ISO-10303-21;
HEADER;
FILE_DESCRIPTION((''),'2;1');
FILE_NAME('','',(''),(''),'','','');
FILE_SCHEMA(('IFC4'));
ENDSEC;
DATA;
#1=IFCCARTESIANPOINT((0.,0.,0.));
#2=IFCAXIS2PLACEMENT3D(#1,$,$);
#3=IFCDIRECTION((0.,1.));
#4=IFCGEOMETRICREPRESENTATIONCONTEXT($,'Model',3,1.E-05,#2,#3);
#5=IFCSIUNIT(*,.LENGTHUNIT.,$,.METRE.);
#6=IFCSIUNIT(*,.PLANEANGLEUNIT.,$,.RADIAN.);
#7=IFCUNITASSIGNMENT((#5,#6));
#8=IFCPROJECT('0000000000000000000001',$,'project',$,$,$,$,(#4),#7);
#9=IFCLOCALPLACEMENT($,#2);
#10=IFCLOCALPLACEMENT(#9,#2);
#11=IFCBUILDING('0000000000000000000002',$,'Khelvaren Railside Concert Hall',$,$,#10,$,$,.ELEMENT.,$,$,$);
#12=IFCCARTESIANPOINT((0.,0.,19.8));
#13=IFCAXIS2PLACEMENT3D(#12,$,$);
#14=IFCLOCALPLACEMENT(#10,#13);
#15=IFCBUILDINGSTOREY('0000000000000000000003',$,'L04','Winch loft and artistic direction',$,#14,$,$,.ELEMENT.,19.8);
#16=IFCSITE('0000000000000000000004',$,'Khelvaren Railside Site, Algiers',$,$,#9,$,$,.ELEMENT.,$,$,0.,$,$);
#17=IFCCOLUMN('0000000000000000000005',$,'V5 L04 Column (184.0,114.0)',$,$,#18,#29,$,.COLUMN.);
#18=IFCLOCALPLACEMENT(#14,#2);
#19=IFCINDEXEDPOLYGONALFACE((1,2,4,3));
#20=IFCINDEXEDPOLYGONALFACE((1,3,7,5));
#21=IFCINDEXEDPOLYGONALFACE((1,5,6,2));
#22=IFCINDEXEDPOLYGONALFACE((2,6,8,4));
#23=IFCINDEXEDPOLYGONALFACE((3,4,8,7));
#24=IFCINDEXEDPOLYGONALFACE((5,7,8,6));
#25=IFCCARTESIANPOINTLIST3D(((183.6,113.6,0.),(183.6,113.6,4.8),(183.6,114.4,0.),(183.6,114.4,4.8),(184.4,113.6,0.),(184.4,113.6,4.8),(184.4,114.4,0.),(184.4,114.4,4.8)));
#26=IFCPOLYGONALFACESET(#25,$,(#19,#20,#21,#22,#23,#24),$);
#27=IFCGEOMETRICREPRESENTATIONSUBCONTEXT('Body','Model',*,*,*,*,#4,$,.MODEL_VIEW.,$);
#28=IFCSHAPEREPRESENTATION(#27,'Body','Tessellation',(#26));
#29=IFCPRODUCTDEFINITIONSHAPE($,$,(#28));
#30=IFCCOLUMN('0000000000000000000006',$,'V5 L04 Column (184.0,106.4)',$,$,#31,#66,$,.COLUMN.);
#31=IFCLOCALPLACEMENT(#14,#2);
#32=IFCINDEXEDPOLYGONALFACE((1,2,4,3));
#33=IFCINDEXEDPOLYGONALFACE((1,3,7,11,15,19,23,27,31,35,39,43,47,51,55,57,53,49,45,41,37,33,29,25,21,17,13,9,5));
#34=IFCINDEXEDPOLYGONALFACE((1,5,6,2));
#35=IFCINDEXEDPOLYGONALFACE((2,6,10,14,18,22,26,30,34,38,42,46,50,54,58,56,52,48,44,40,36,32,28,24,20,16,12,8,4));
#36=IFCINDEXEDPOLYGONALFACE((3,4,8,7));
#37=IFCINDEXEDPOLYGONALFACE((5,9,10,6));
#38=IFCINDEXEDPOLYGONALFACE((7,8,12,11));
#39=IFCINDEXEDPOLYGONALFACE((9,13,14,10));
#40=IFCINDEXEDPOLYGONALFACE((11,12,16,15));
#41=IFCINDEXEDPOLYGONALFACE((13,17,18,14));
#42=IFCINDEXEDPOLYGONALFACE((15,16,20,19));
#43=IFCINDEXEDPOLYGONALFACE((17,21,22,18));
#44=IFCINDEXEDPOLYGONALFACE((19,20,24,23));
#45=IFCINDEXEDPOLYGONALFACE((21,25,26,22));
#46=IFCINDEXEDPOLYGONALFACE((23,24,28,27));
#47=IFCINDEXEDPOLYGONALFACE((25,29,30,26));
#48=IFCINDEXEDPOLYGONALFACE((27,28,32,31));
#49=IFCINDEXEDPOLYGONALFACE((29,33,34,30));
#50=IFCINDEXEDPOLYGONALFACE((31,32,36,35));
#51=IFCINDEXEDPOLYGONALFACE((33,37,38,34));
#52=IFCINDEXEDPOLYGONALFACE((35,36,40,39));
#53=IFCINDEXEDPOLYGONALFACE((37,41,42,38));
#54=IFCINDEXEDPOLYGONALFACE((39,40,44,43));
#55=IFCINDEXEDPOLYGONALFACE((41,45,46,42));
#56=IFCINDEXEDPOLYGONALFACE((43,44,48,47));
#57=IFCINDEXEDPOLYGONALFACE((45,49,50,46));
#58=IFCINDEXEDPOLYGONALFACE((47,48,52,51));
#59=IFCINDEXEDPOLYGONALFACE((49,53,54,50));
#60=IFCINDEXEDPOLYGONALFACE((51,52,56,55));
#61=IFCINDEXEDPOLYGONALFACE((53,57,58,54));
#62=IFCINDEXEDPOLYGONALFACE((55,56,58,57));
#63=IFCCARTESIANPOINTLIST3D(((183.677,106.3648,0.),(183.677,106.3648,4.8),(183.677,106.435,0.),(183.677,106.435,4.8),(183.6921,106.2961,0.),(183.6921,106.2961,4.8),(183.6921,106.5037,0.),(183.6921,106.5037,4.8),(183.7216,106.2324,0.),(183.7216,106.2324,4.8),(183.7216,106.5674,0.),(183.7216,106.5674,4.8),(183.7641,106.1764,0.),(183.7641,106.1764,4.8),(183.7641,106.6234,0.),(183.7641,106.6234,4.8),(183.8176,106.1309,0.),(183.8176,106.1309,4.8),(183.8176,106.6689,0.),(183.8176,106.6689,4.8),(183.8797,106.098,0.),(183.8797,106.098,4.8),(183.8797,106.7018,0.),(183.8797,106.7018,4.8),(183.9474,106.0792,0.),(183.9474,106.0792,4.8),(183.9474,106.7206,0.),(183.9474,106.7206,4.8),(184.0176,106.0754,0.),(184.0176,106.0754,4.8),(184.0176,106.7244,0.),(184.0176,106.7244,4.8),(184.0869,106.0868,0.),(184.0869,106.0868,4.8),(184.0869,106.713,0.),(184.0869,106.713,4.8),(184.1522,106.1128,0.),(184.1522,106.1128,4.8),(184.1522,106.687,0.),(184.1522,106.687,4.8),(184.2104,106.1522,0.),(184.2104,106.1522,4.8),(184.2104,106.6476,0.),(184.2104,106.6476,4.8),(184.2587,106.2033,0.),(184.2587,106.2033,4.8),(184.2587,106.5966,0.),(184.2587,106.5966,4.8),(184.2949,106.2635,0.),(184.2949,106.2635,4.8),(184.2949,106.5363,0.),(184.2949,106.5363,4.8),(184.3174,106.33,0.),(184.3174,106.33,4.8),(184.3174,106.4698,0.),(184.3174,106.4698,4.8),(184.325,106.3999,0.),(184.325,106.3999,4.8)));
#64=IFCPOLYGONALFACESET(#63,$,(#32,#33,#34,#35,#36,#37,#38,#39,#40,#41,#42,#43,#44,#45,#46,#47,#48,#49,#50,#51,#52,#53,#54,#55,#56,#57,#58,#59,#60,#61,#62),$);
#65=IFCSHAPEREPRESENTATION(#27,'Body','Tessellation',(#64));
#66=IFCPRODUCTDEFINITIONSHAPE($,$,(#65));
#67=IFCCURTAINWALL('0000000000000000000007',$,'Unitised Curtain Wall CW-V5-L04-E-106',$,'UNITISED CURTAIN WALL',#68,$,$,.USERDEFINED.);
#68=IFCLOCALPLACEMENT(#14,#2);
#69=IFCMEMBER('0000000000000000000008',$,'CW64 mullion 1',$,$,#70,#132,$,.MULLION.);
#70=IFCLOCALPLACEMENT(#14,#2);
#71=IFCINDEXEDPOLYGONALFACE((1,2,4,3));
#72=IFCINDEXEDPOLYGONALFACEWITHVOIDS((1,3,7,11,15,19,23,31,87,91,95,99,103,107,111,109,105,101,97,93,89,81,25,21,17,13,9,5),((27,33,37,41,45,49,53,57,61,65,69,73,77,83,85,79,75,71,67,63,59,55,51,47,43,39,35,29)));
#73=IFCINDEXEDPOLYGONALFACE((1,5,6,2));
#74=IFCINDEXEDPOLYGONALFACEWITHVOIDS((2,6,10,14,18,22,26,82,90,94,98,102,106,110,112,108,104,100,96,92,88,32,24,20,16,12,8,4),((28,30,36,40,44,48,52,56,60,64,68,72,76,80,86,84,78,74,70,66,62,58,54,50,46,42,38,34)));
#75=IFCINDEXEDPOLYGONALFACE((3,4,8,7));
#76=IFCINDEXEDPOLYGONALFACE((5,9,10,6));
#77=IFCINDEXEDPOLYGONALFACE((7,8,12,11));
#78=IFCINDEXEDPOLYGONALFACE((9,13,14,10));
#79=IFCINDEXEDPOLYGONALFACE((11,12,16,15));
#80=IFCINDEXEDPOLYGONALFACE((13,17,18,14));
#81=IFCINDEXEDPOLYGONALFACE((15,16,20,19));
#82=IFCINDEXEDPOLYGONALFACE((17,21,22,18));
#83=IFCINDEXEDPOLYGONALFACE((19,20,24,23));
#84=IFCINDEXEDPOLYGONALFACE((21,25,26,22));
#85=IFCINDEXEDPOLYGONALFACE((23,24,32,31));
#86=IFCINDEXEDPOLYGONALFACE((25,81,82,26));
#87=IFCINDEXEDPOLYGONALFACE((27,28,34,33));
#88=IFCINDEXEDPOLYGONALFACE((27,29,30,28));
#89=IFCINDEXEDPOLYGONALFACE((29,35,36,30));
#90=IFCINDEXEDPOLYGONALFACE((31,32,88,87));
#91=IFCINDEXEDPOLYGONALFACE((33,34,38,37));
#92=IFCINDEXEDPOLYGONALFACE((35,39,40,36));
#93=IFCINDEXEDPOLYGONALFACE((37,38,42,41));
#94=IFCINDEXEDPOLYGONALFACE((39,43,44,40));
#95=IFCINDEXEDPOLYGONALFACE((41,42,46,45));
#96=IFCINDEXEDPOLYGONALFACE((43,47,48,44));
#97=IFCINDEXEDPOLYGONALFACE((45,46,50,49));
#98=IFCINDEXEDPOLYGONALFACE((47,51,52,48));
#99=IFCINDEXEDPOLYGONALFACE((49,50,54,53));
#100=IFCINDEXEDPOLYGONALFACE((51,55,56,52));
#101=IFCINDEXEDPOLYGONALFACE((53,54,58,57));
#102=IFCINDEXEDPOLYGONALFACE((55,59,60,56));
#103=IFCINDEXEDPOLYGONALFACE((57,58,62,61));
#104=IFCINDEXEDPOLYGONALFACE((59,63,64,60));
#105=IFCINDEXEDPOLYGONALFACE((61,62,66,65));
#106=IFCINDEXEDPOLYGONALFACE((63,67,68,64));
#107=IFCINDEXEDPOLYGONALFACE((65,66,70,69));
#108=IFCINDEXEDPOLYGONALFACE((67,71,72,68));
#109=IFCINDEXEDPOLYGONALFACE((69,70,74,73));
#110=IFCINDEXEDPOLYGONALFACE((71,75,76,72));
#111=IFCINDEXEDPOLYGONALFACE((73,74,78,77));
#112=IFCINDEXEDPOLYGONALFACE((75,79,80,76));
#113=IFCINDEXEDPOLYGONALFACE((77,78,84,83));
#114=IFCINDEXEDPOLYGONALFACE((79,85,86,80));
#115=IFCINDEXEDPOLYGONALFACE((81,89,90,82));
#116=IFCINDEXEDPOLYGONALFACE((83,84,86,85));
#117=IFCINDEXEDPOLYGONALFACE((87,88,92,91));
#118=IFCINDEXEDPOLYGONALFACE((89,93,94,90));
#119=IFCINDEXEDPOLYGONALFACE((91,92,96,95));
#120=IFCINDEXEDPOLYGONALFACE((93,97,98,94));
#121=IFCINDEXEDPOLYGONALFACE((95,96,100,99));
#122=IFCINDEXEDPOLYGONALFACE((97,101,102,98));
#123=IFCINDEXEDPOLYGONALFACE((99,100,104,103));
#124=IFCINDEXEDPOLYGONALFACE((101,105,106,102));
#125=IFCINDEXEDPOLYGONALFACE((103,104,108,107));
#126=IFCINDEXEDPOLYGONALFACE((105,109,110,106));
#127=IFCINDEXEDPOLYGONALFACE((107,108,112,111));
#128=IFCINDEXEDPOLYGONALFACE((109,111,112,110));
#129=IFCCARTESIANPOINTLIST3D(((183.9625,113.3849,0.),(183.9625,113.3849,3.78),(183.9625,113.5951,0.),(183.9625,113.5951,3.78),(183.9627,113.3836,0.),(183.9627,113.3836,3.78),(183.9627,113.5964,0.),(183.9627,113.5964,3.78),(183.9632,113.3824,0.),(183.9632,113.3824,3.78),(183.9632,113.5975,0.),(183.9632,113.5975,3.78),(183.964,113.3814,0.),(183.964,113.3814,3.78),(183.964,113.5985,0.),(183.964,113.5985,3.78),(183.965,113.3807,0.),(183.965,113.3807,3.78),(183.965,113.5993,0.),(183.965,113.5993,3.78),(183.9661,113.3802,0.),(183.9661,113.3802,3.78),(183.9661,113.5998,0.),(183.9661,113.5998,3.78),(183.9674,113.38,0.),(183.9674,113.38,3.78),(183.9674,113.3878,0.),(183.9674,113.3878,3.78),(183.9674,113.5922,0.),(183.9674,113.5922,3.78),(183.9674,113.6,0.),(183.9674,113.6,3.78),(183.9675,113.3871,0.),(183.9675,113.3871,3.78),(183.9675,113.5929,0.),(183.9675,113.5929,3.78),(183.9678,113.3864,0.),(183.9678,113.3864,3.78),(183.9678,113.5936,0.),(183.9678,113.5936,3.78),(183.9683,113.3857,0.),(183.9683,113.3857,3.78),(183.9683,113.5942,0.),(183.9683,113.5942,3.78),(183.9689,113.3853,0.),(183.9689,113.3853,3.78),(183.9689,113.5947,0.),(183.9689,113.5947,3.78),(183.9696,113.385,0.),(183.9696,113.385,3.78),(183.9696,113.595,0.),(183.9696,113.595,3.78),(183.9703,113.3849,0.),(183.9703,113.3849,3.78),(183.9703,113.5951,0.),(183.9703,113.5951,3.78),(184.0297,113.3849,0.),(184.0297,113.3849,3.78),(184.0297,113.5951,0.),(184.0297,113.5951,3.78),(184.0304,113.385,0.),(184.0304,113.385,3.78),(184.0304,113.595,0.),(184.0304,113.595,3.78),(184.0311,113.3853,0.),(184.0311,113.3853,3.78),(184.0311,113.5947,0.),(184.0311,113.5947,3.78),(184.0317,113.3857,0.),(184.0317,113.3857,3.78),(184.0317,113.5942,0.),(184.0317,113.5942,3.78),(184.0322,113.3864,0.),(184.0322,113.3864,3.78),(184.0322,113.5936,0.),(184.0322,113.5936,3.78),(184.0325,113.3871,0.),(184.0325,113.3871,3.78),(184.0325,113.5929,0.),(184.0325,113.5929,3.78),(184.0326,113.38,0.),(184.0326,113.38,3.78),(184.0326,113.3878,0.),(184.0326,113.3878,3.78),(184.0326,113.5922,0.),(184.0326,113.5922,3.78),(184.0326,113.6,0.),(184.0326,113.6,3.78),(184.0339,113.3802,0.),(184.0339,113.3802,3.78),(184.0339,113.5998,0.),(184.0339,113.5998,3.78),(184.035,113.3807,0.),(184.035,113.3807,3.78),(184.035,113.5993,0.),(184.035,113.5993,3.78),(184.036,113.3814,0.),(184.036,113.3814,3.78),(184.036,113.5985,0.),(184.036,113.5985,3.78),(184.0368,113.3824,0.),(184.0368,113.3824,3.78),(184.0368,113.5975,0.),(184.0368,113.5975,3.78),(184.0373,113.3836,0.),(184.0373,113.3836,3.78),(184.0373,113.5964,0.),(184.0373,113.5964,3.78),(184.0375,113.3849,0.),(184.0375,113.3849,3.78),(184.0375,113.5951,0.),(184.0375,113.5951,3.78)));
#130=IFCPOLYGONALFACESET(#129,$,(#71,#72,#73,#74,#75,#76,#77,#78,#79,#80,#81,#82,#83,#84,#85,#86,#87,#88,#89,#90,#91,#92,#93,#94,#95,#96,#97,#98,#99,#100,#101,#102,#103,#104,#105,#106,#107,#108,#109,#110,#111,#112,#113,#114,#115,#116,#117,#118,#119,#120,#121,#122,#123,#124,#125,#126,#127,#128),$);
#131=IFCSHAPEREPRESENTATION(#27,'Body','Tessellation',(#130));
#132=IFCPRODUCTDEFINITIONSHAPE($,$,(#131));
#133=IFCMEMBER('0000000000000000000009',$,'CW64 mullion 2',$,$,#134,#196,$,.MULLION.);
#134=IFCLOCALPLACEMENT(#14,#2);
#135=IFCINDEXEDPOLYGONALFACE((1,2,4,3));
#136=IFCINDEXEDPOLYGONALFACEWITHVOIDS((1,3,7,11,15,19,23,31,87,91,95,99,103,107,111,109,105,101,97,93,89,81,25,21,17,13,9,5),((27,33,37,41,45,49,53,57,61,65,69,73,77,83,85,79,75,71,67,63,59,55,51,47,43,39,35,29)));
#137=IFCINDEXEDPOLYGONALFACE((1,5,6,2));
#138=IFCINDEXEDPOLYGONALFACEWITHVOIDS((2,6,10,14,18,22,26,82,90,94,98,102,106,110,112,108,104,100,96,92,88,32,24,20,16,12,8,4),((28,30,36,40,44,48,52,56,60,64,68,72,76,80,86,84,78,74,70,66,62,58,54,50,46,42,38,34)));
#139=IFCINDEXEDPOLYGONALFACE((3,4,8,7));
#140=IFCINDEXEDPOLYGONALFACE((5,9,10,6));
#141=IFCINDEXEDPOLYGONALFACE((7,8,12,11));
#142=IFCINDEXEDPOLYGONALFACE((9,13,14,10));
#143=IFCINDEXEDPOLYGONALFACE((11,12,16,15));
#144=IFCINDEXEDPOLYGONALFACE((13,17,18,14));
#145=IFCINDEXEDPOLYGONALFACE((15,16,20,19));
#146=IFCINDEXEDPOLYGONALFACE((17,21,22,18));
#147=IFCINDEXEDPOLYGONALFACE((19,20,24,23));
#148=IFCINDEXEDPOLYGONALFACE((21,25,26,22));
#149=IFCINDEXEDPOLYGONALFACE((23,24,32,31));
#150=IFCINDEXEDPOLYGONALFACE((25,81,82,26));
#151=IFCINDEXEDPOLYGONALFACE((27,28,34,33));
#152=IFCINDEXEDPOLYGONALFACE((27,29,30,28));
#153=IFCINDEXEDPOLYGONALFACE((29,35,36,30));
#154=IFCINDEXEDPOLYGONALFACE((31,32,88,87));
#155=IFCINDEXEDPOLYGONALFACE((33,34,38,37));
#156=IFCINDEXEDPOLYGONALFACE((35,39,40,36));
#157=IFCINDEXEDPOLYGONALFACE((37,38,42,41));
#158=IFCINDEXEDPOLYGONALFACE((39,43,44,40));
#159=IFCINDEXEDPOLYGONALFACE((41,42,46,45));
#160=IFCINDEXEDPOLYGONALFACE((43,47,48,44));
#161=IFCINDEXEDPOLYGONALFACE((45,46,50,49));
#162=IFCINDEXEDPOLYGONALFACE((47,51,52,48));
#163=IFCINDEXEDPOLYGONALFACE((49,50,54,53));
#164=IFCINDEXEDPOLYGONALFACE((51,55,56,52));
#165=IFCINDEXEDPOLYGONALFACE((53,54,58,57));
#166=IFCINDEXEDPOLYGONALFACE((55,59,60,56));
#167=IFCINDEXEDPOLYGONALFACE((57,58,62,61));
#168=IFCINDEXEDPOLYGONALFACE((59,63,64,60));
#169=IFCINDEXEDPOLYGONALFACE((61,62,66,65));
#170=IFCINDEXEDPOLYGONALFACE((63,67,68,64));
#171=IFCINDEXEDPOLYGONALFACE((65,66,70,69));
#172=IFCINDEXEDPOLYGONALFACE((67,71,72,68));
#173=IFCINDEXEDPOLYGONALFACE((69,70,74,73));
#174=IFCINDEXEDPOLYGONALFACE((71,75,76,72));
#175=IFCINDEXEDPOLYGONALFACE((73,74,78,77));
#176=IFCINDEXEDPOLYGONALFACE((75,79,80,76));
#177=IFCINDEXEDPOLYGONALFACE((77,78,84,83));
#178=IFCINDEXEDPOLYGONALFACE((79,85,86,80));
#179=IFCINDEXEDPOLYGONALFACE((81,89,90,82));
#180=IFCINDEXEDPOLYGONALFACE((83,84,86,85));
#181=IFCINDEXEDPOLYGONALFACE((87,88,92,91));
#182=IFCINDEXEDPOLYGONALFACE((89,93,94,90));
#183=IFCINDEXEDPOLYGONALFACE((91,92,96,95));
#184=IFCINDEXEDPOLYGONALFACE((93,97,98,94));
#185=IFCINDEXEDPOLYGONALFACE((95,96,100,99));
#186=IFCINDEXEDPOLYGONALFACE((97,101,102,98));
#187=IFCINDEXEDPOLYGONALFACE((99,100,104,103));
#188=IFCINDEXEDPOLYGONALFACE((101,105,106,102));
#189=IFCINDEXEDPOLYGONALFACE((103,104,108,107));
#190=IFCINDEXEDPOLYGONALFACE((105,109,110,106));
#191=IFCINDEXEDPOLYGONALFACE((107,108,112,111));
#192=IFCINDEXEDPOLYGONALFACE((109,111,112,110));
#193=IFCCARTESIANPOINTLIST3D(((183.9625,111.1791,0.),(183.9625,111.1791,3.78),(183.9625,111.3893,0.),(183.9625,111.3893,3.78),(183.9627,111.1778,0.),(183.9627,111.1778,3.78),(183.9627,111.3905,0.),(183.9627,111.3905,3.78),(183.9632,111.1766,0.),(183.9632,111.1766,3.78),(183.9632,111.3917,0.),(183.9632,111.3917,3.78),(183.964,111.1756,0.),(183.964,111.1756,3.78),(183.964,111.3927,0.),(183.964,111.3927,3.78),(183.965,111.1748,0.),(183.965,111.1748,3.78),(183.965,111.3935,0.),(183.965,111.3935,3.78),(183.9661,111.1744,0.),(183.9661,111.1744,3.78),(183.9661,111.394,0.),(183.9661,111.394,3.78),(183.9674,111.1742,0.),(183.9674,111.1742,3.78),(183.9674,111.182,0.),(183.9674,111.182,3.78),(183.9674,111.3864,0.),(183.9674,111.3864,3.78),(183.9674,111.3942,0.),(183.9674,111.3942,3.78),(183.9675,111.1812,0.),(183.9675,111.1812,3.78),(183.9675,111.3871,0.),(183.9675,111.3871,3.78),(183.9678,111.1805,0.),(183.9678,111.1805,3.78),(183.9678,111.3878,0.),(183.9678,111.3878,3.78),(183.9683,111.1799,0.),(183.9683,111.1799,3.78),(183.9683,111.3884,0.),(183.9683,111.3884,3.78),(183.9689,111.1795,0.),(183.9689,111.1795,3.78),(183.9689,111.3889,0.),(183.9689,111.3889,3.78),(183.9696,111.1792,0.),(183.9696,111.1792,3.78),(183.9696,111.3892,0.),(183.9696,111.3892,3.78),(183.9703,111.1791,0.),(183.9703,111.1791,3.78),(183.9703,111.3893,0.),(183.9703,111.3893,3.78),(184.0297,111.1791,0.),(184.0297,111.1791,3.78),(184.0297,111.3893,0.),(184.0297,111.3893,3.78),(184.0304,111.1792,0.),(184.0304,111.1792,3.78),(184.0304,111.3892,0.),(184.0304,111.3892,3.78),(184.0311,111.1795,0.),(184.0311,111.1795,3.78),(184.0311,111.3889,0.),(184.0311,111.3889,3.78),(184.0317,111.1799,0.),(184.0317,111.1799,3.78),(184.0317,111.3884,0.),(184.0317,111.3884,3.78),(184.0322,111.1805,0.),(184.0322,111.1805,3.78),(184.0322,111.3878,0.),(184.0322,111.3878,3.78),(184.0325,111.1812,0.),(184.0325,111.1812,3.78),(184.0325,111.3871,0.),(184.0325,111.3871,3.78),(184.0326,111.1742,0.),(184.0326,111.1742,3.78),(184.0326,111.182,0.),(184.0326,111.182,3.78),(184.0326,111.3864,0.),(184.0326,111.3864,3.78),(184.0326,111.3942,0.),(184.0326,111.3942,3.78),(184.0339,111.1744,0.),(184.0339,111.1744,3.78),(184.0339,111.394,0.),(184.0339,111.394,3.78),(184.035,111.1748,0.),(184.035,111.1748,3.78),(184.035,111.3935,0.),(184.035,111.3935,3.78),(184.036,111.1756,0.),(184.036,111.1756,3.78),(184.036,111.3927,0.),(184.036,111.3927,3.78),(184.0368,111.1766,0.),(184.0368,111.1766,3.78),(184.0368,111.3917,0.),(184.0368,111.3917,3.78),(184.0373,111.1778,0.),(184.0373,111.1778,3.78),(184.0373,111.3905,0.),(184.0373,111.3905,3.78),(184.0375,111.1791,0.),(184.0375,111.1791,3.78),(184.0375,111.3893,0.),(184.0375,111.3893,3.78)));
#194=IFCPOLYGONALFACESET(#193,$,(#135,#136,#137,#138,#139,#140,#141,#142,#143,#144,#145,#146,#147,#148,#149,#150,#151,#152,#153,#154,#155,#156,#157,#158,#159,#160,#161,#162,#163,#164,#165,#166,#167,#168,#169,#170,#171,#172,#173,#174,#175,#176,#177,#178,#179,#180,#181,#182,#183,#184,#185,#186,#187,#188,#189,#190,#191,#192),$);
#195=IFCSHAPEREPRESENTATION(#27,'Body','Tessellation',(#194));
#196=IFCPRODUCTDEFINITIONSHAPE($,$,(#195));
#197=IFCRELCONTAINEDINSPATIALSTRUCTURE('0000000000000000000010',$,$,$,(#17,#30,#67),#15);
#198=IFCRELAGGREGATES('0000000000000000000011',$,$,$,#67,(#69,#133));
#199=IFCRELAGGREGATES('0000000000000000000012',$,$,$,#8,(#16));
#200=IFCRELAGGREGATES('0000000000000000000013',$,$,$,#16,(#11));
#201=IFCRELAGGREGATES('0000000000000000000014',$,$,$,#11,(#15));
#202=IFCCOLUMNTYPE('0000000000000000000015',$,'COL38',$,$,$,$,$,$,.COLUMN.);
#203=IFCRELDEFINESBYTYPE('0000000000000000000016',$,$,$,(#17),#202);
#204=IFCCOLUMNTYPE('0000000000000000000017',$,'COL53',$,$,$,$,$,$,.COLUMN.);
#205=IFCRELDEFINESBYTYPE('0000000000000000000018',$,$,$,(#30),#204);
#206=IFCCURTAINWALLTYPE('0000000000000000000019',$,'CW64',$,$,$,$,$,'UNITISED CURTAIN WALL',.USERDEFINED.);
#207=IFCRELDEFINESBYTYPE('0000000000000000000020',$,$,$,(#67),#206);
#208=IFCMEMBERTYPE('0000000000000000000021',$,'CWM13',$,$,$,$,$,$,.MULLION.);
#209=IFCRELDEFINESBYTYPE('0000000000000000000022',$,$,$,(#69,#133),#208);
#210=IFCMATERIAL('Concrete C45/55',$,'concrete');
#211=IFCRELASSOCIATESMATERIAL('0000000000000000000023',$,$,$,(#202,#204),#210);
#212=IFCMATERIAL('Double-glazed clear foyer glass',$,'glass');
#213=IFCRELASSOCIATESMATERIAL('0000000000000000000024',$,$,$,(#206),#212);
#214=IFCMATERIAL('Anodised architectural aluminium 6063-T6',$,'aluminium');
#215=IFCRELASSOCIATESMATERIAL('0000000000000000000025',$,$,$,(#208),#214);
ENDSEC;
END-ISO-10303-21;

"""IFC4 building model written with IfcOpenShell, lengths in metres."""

from ifc_helpers import new_model, si_unit, direction, frame, origin, origin_2d, place, context, subcontext, project, spatial, rectangle, hollow_rectangle, circle, extrude, material, material_profile, profile_set, type_object, element, aggregate, save


model = new_model("IFC4")

# Units and contexts
model_context = context("Model", 3, precision=1e-05, world=origin(), true_north=direction((0.0, 1.0)))
body_context = subcontext(model_context, "Body", "Model", "MODEL_VIEW")
ifc_project = project(units=[si_unit("LENGTHUNIT", "METRE"), si_unit("PLANEANGLEUNIT", "RADIAN")], contexts=[model_context])

# Site, building, storey
site_placement = place(None, origin())
site = spatial("IfcSite", under=ifc_project, at=site_placement, Name="Khelvaren Railside Site, Algiers", CompositionType="ELEMENT", RefElevation=0.0)
building_placement = place(site_placement, origin())
building = spatial("IfcBuilding", under=site, at=building_placement, Name="Khelvaren Railside Concert Hall", CompositionType="ELEMENT")
storey_placement = place(building_placement, frame((0.0, 0.0, 19.8)))
storey = spatial("IfcBuildingStorey", under=building, at=storey_placement, Name="L04", Description="Winch loft and artistic direction", CompositionType="ELEMENT", Elevation=19.8)

# Columns
ifc_material_1 = material(Name="Concrete C45/55", Category="concrete")
ifc_material_profile_1 = material_profile(ifc_material_1, rectangle(XDim=0.8, YDim=0.8, at=origin_2d()), Name="RC 800x800")
ifc_profile_set_1 = profile_set([ifc_material_profile_1], Name="Concrete C45/55")
column_type_1 = type_object("IfcColumnType", Name="COL38", PredefinedType="COLUMN", material=ifc_profile_set_1)
column_1_placement = place(storey_placement, frame((184.0, 114.0, 0.0), z_axis=(0.0, 0.0, 1.0), x_axis=(1.0, 0.0, 0.0)))
element("IfcColumn", 1, at=column_1_placement, inside=storey, type_object=column_type_1, Name="V5 L04 Column (184.0,114.0)", PredefinedType="COLUMN", context=body_context, shape_type="SweptSolid", body=[
    extrude(rectangle(XDim=0.8, YDim=0.8, at=origin_2d()), origin(), (0.0, 0.0, 1.0), 4.8),
])
ifc_material_profile_2 = material_profile(ifc_material_1, circle(Radius=0.325, at=origin_2d()), Name="RC D650")
ifc_profile_set_2 = profile_set([ifc_material_profile_2], Name="Concrete C45/55")
column_type_2 = type_object("IfcColumnType", Name="COL53", PredefinedType="COLUMN", material=ifc_profile_set_2)
column_2_placement = place(storey_placement, frame((184.0, 106.3999, 0.0), z_axis=(0.0, 0.0, 1.0), x_axis=(1.0, 0.0, 0.0)))
element("IfcColumn", 2, at=column_2_placement, inside=storey, type_object=column_type_2, Name="V5 L04 Column (184.0,106.4)", PredefinedType="COLUMN", context=body_context, shape_type="SweptSolid", body=[
    extrude(circle(Radius=0.325, at=origin_2d()), origin(), (0.0, 0.0, 1.0), 4.8),
])

# Curtain wall, members
ifc_material_2 = material(Name="Double-glazed clear foyer glass", Category="glass")
curtain_wall_type_1 = type_object("IfcCurtainWallType", Name="CW64", ElementType="UNITISED CURTAIN WALL", PredefinedType="USERDEFINED", material=ifc_material_2)
curtain_wall_1_placement = place(storey_placement, origin())
curtain_wall_1 = element("IfcCurtainWall", 3, at=curtain_wall_1_placement, inside=storey, type_object=curtain_wall_type_1, Name="Unitised Curtain Wall CW-V5-L04-E-106", ObjectType="UNITISED CURTAIN WALL", PredefinedType="USERDEFINED")
ifc_material_3 = material(Name="Anodised architectural aluminium 6063-T6", Category="aluminium")
ifc_material_profile_3 = material_profile(ifc_material_3, hollow_rectangle(XDim=0.075, YDim=0.22, WallThickness=0.0049, InnerFilletRadius=0.0029, OuterFilletRadius=0.0049, at=origin_2d()), Name="CWM 75x220x5")
ifc_profile_set_3 = profile_set([ifc_material_profile_3], Name="Anodised architectural aluminium 6063-T6")
member_type_1 = type_object("IfcMemberType", Name="CWM13", PredefinedType="MULLION", material=ifc_profile_set_3)
member_1_placement = place(storey_placement, frame((184.0, 113.49, 0.0), z_axis=(0.0, 0.0, 1.0), x_axis=(1.0, 0.0, 0.0)))
member_1 = element("IfcMember", 4, at=member_1_placement, type_object=member_type_1, Name="CW64 mullion 1", PredefinedType="MULLION", context=body_context, shape_type="SweptSolid", body=[
    extrude(hollow_rectangle(XDim=0.075, YDim=0.22, WallThickness=0.0049, InnerFilletRadius=0.0029, OuterFilletRadius=0.0049, at=origin_2d()), origin(), (0.0, 0.0, 1.0), 3.78),
])
member_2_placement = place(storey_placement, frame((184.0, 111.2842, 0.0), z_axis=(0.0, 0.0, 1.0), x_axis=(1.0, 0.0, 0.0)))
member_2 = element("IfcMember", 5, at=member_2_placement, type_object=member_type_1, Name="CW64 mullion 2", PredefinedType="MULLION", context=body_context, shape_type="SweptSolid", body=[
    extrude(hollow_rectangle(XDim=0.075, YDim=0.22, WallThickness=0.0049, InnerFilletRadius=0.0029, OuterFilletRadius=0.0049, at=origin_2d()), origin(), (0.0, 0.0, 1.0), 3.78),
])

aggregate(curtain_wall_1, [member_1, member_2])

save(model, "model.ifc")
